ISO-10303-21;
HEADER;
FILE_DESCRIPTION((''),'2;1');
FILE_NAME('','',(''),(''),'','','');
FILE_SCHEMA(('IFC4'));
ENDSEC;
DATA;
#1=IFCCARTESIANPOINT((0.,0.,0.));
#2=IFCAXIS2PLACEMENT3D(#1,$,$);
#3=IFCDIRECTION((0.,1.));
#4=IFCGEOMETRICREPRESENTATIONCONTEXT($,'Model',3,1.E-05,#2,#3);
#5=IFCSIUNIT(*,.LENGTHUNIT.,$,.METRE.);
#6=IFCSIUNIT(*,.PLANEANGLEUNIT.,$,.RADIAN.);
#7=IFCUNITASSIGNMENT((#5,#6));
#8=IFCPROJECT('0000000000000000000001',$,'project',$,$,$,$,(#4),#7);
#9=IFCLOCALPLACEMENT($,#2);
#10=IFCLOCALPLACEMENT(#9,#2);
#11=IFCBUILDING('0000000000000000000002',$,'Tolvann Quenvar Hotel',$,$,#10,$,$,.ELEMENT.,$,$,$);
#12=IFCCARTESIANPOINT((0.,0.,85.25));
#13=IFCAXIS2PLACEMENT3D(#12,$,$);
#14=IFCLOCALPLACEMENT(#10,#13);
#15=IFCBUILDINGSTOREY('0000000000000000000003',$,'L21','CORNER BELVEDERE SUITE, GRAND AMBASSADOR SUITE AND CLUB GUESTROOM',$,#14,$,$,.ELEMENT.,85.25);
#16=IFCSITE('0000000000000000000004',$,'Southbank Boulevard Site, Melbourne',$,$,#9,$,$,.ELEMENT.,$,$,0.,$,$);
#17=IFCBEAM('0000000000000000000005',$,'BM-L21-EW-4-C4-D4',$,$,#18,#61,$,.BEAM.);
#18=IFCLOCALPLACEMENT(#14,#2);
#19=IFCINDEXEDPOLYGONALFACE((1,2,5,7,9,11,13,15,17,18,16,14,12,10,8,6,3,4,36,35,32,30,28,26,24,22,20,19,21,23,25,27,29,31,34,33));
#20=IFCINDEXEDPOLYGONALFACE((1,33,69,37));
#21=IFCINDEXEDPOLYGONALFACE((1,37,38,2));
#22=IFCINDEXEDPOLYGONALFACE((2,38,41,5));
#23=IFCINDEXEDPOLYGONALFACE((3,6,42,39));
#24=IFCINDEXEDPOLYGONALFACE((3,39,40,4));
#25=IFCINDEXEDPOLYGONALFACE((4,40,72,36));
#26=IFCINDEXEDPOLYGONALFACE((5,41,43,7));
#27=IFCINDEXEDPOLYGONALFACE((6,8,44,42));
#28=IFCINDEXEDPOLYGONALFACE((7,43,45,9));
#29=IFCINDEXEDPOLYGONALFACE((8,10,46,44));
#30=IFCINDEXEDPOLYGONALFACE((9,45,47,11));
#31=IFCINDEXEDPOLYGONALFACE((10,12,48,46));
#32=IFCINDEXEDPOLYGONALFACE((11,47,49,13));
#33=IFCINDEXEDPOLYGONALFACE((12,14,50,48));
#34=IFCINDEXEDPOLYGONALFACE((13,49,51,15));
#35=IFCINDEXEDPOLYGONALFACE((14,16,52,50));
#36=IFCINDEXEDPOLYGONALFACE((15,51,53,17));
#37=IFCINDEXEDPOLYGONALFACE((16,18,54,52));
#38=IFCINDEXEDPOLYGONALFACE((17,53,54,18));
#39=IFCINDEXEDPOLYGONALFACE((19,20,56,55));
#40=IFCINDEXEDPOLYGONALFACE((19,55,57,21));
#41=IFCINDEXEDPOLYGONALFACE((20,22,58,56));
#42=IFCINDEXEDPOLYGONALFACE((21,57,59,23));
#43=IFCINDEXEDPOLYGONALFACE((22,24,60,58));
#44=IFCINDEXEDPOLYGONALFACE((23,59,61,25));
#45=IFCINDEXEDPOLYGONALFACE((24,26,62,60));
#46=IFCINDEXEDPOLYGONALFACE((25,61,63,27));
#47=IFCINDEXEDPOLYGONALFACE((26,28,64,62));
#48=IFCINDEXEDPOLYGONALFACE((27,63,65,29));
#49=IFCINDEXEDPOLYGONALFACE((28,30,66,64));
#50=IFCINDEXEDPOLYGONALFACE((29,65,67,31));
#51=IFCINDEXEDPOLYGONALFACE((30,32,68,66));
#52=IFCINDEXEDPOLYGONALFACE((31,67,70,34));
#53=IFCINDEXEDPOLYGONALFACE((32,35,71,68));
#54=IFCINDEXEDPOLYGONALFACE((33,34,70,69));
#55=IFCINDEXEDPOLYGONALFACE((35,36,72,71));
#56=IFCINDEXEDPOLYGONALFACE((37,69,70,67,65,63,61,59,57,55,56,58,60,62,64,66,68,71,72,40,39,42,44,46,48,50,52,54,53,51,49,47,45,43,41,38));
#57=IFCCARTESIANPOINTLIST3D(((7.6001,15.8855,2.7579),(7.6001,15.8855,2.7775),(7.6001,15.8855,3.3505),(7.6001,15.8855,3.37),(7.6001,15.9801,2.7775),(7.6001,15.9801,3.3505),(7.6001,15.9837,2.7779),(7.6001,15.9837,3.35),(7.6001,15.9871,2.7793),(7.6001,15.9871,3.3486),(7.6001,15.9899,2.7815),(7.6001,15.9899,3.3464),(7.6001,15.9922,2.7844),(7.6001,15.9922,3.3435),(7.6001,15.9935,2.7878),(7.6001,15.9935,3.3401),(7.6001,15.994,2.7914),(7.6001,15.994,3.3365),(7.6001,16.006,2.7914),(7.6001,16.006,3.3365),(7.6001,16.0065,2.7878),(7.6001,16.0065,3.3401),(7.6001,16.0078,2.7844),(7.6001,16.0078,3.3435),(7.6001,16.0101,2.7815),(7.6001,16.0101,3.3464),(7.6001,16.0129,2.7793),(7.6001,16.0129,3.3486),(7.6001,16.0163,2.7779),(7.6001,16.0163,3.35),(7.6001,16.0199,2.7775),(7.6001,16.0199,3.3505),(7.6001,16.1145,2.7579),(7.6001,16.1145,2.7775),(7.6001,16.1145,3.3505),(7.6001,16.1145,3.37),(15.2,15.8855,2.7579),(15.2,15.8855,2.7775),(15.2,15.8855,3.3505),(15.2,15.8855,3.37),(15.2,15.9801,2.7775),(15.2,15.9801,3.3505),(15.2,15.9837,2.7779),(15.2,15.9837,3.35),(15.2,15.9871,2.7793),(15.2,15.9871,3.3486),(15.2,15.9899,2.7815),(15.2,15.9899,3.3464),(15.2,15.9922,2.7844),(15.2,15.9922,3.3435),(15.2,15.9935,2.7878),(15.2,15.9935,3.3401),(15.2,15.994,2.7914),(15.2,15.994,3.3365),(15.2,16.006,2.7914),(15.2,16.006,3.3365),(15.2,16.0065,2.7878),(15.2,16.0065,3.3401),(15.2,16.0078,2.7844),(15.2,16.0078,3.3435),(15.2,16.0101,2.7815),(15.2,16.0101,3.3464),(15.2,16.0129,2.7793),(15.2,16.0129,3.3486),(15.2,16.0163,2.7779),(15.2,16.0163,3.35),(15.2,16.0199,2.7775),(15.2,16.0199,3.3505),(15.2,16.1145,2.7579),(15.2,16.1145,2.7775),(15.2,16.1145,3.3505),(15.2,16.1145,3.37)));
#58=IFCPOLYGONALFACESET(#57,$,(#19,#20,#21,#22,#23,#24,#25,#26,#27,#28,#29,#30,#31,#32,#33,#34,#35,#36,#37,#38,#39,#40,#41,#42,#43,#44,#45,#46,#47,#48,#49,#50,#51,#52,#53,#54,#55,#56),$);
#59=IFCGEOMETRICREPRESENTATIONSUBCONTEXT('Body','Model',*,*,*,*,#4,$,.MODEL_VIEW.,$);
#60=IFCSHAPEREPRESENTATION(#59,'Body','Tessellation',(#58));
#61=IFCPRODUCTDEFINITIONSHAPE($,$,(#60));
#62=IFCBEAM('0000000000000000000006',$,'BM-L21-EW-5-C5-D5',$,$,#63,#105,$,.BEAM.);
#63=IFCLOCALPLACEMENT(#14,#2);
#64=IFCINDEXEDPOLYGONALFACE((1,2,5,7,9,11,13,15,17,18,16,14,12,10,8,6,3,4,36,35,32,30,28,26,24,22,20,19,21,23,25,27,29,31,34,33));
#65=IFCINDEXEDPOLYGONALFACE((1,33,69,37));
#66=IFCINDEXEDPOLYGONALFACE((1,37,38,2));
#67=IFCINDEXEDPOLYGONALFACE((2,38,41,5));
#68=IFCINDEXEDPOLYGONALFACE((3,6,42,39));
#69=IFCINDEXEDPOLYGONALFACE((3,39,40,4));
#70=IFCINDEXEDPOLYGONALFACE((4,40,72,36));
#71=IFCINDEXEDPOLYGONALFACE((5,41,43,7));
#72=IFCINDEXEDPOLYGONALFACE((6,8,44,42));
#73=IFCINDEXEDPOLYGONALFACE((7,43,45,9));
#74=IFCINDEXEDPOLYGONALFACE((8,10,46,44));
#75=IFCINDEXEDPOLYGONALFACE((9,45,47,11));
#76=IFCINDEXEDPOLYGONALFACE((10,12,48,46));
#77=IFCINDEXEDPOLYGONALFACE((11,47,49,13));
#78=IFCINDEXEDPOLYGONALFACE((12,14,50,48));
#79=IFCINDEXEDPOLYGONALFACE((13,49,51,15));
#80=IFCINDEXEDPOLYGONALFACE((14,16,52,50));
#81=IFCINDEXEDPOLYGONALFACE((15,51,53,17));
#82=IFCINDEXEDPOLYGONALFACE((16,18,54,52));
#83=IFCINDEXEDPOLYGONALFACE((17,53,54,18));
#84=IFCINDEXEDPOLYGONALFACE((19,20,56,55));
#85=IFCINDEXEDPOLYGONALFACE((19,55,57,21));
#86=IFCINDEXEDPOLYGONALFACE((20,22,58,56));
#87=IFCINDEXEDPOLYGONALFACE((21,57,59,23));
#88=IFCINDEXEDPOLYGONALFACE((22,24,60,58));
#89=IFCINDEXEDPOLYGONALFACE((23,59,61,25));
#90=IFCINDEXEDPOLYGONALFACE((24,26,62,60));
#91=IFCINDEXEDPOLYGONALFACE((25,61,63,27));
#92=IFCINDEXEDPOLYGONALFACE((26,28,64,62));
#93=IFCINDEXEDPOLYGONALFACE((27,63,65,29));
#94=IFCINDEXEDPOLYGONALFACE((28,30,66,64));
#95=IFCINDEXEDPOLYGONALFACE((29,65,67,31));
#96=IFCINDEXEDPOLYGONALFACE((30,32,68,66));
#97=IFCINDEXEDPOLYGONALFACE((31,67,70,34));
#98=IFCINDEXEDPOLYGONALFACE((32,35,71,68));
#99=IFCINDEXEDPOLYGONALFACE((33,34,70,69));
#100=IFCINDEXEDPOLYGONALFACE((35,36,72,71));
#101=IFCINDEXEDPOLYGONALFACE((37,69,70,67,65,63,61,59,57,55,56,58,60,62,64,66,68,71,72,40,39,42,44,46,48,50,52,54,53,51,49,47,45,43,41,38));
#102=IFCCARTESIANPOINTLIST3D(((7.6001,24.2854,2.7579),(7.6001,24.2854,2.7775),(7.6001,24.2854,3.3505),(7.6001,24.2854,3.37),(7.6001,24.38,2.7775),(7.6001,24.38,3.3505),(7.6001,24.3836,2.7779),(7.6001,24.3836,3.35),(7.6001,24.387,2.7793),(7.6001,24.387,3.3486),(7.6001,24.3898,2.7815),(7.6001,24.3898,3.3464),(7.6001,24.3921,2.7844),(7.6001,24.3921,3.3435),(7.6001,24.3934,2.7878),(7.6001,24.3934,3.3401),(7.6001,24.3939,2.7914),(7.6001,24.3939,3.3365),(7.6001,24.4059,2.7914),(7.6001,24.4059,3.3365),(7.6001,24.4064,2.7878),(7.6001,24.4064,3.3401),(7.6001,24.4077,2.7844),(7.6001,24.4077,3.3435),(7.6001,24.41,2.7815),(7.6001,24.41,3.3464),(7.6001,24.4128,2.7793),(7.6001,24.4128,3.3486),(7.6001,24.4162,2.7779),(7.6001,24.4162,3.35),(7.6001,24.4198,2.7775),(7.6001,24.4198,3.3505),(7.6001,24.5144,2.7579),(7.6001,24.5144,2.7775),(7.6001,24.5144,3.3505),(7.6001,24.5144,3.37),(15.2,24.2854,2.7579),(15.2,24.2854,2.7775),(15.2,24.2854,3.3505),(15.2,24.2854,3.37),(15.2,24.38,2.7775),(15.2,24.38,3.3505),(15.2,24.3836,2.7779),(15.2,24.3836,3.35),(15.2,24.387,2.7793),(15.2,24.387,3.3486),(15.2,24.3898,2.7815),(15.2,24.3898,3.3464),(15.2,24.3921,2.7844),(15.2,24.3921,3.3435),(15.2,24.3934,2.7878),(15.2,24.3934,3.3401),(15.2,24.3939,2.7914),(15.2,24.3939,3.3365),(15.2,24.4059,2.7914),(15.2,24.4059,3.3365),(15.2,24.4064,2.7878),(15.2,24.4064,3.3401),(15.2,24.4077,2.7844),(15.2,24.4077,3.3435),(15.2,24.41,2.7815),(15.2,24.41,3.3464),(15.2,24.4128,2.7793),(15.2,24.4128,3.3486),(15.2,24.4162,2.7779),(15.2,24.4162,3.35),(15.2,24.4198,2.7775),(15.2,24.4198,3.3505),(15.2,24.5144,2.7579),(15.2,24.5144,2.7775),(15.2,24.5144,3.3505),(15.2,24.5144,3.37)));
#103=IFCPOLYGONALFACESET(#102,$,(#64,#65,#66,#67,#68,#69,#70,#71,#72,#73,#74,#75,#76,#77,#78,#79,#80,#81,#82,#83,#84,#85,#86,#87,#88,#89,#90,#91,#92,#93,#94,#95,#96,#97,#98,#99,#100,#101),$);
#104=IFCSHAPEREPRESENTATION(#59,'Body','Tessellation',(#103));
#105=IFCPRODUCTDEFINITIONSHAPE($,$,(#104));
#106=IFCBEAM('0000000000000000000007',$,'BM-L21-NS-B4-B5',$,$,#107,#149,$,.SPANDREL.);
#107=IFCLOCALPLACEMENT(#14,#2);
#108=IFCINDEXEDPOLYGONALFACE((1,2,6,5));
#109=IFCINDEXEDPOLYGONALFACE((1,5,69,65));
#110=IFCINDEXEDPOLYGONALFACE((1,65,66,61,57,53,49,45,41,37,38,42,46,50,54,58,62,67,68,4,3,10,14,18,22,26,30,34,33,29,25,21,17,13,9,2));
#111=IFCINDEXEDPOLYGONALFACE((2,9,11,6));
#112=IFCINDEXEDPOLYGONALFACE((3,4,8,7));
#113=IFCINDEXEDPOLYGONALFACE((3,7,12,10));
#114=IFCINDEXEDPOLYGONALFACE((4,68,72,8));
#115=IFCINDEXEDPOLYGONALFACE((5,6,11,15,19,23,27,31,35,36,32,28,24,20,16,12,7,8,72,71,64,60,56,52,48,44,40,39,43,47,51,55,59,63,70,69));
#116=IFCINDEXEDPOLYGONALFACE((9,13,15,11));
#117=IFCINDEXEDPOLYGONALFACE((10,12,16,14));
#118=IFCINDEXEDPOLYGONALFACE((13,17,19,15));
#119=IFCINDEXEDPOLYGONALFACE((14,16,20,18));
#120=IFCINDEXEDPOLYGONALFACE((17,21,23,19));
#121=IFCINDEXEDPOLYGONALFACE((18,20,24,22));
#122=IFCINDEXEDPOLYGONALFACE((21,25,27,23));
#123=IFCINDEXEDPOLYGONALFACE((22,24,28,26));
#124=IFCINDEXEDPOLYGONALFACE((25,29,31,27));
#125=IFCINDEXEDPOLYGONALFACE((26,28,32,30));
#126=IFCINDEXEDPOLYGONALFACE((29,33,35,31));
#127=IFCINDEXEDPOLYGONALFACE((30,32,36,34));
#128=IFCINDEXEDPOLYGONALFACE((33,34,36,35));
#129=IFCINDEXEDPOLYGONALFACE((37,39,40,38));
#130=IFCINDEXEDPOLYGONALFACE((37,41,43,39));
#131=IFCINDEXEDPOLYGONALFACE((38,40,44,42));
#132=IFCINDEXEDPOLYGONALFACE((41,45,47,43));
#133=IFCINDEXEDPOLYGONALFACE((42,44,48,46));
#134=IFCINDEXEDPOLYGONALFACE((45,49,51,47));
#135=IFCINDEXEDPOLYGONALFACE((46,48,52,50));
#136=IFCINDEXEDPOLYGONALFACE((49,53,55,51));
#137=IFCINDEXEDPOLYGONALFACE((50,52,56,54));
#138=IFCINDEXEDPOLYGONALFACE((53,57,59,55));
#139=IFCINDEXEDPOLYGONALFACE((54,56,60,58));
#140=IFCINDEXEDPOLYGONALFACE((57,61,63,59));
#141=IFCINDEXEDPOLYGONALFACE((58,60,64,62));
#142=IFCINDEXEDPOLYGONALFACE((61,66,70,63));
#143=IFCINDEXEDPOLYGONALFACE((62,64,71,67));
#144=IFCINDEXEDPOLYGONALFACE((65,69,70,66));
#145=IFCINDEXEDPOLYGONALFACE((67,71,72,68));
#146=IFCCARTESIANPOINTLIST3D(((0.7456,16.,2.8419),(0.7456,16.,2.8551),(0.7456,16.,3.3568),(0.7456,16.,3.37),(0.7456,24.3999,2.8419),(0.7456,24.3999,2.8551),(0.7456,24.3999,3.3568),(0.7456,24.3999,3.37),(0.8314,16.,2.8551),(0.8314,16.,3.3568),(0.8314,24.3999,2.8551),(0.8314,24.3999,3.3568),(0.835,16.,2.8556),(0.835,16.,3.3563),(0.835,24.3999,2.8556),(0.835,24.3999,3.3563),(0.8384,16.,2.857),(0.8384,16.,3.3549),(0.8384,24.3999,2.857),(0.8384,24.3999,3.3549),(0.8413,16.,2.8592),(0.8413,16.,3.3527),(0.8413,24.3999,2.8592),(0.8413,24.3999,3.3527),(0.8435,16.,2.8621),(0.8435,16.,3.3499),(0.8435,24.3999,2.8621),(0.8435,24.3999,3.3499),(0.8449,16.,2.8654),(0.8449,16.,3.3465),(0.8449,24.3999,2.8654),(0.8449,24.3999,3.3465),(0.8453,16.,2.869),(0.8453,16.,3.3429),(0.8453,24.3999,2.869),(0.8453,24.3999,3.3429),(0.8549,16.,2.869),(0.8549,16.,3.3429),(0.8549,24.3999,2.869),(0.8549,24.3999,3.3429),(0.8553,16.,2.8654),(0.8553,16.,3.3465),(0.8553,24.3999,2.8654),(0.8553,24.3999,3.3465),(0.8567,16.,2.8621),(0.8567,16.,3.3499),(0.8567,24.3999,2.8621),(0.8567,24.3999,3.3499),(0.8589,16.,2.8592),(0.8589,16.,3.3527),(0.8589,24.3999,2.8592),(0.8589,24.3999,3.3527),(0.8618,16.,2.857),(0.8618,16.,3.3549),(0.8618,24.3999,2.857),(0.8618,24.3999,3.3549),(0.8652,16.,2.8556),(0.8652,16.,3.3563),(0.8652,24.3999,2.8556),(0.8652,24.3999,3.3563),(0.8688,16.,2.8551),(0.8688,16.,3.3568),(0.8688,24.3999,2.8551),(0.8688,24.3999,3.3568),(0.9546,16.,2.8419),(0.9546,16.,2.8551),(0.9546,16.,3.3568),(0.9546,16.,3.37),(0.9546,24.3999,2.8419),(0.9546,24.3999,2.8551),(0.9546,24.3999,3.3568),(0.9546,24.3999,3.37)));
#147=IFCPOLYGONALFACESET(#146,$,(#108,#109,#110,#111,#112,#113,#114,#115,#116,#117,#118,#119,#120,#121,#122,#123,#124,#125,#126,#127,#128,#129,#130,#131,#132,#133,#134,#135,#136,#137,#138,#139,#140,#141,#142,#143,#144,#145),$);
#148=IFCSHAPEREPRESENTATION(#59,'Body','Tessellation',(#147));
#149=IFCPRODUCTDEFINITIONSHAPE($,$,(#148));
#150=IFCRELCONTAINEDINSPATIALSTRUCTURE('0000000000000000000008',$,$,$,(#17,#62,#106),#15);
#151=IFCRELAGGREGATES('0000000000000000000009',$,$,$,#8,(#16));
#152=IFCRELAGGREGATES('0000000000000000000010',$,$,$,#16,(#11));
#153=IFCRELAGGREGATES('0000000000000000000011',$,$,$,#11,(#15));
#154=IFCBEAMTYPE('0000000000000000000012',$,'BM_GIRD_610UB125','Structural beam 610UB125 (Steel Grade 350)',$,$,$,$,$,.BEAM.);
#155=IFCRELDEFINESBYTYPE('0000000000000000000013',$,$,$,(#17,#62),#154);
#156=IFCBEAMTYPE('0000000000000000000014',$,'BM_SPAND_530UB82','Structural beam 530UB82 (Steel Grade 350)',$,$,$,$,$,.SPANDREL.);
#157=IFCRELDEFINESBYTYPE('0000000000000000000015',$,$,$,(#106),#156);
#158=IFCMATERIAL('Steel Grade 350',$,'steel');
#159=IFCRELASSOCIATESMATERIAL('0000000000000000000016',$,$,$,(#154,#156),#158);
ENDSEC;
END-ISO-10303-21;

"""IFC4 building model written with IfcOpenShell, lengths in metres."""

from ifc_helpers import new_model, si_unit, direction, frame, origin, origin_2d, place, context, subcontext, project, spatial, i_section, extrude, source, transform, mapped, material, material_profile, profile_set, type_object, element, save


model = new_model("IFC4")

# Units and contexts
model_context = context("Model", 3, precision=1e-05, world=origin(), true_north=direction((0.0, 1.0)))
body_context = subcontext(model_context, "Body", "Model", "MODEL_VIEW")
ifc_project = project(units=[si_unit("LENGTHUNIT", "METRE"), si_unit("PLANEANGLEUNIT", "RADIAN")], contexts=[model_context])

# Site, building, storey
site_placement = place(None, origin())
site = spatial("IfcSite", under=ifc_project, at=site_placement, Name="Southbank Boulevard Site, Melbourne", CompositionType="ELEMENT", RefElevation=0.0)
building_placement = place(site_placement, origin())
building = spatial("IfcBuilding", under=site, at=building_placement, Name="Tolvann Quenvar Hotel", CompositionType="ELEMENT")
storey_placement = place(building_placement, frame((0.0, 0.0, 85.25)))
storey = spatial("IfcBuildingStorey", under=building, at=storey_placement, Name="L21", Description="CORNER BELVEDERE SUITE, GRAND AMBASSADOR SUITE AND CLUB GUESTROOM", CompositionType="ELEMENT", Elevation=85.25)

# Shared definitions
ifc_material_1 = material(Name="Steel Grade 350", Category="steel")

# Beams
ifc_material_profile_1 = material_profile(ifc_material_1, i_section(OverallWidth=0.229, OverallDepth=0.6121, WebThickness=0.012, FlangeThickness=0.0195, FilletRadius=0.0139, at=origin_2d()), Name="610UB125")
ifc_profile_set_1 = profile_set([ifc_material_profile_1], Name="Steel Grade 350")
beam_type_1 = type_object("IfcBeamType", Name="BM_GIRD_610UB125", Description="Structural beam 610UB125 (Steel Grade 350)", PredefinedType="BEAM", material=ifc_profile_set_1)
shared_shape_1 = source(origin(), body_context, "Body", "SweptSolid", [
    extrude(i_section(OverallWidth=0.229, OverallDepth=0.6121, WebThickness=0.012, FlangeThickness=0.0195, FilletRadius=0.0139, at=origin_2d()), origin(), (0.0, 0.0, 1.0), 7.5999),
])
for number, where, z_axis, x_axis, name in (
    (1, (7.6001, 16.0, 3.064), (1.0, 0.0, 0.0), (0.0, 1.0, 0.0), "BM-L21-EW-4-C4-D4"),
    (2, (7.6001, 24.3999, 3.064), (1.0, 0.0, 0.0), (0.0, 1.0, 0.0), "BM-L21-EW-5-C5-D5"),
):
    element("IfcBeam", number, at=place(storey_placement, frame(where, z_axis=z_axis, x_axis=x_axis)), inside=storey, type_object=beam_type_1, Name=name, PredefinedType="BEAM", context=body_context, shape_type="MappedRepresentation", body=[
        mapped(shared_shape_1, transform((0.0, 0.0, 0.0), x_axis=(1.0, 0.0, 0.0), y_axis=(0.0, 1.0, 0.0), z_axis=(0.0, 0.0, 1.0), scale=1.0)),
    ])
ifc_material_profile_2 = material_profile(ifc_material_1, i_section(OverallWidth=0.209, OverallDepth=0.5281, WebThickness=0.0095, FlangeThickness=0.0132, FilletRadius=0.0139, at=origin_2d()), Name="530UB82")
ifc_profile_set_2 = profile_set([ifc_material_profile_2], Name="Steel Grade 350")
beam_type_2 = type_object("IfcBeamType", Name="BM_SPAND_530UB82", Description="Structural beam 530UB82 (Steel Grade 350)", PredefinedType="SPANDREL", material=ifc_profile_set_2)
shared_shape_2 = source(origin(), body_context, "Body", "SweptSolid", [
    extrude(i_section(OverallWidth=0.209, OverallDepth=0.5281, WebThickness=0.0095, FlangeThickness=0.0132, FilletRadius=0.0139, at=origin_2d()), origin(), (0.0, 0.0, 1.0), 8.3999),
])
beam_1_placement = place(storey_placement, frame((0.8501, 16.0, 3.106), z_axis=(0.0, 1.0, 0.0), x_axis=(-1.0, 0.0, 0.0)))
element("IfcBeam", 3, at=beam_1_placement, inside=storey, type_object=beam_type_2, Name="BM-L21-NS-B4-B5", PredefinedType="SPANDREL", context=body_context, shape_type="MappedRepresentation", body=[
    mapped(shared_shape_2, transform((0.0, 0.0, 0.0), x_axis=(1.0, 0.0, 0.0), y_axis=(0.0, 1.0, 0.0), z_axis=(0.0, 0.0, 1.0), scale=1.0)),
])

save(model, "model.ifc")
